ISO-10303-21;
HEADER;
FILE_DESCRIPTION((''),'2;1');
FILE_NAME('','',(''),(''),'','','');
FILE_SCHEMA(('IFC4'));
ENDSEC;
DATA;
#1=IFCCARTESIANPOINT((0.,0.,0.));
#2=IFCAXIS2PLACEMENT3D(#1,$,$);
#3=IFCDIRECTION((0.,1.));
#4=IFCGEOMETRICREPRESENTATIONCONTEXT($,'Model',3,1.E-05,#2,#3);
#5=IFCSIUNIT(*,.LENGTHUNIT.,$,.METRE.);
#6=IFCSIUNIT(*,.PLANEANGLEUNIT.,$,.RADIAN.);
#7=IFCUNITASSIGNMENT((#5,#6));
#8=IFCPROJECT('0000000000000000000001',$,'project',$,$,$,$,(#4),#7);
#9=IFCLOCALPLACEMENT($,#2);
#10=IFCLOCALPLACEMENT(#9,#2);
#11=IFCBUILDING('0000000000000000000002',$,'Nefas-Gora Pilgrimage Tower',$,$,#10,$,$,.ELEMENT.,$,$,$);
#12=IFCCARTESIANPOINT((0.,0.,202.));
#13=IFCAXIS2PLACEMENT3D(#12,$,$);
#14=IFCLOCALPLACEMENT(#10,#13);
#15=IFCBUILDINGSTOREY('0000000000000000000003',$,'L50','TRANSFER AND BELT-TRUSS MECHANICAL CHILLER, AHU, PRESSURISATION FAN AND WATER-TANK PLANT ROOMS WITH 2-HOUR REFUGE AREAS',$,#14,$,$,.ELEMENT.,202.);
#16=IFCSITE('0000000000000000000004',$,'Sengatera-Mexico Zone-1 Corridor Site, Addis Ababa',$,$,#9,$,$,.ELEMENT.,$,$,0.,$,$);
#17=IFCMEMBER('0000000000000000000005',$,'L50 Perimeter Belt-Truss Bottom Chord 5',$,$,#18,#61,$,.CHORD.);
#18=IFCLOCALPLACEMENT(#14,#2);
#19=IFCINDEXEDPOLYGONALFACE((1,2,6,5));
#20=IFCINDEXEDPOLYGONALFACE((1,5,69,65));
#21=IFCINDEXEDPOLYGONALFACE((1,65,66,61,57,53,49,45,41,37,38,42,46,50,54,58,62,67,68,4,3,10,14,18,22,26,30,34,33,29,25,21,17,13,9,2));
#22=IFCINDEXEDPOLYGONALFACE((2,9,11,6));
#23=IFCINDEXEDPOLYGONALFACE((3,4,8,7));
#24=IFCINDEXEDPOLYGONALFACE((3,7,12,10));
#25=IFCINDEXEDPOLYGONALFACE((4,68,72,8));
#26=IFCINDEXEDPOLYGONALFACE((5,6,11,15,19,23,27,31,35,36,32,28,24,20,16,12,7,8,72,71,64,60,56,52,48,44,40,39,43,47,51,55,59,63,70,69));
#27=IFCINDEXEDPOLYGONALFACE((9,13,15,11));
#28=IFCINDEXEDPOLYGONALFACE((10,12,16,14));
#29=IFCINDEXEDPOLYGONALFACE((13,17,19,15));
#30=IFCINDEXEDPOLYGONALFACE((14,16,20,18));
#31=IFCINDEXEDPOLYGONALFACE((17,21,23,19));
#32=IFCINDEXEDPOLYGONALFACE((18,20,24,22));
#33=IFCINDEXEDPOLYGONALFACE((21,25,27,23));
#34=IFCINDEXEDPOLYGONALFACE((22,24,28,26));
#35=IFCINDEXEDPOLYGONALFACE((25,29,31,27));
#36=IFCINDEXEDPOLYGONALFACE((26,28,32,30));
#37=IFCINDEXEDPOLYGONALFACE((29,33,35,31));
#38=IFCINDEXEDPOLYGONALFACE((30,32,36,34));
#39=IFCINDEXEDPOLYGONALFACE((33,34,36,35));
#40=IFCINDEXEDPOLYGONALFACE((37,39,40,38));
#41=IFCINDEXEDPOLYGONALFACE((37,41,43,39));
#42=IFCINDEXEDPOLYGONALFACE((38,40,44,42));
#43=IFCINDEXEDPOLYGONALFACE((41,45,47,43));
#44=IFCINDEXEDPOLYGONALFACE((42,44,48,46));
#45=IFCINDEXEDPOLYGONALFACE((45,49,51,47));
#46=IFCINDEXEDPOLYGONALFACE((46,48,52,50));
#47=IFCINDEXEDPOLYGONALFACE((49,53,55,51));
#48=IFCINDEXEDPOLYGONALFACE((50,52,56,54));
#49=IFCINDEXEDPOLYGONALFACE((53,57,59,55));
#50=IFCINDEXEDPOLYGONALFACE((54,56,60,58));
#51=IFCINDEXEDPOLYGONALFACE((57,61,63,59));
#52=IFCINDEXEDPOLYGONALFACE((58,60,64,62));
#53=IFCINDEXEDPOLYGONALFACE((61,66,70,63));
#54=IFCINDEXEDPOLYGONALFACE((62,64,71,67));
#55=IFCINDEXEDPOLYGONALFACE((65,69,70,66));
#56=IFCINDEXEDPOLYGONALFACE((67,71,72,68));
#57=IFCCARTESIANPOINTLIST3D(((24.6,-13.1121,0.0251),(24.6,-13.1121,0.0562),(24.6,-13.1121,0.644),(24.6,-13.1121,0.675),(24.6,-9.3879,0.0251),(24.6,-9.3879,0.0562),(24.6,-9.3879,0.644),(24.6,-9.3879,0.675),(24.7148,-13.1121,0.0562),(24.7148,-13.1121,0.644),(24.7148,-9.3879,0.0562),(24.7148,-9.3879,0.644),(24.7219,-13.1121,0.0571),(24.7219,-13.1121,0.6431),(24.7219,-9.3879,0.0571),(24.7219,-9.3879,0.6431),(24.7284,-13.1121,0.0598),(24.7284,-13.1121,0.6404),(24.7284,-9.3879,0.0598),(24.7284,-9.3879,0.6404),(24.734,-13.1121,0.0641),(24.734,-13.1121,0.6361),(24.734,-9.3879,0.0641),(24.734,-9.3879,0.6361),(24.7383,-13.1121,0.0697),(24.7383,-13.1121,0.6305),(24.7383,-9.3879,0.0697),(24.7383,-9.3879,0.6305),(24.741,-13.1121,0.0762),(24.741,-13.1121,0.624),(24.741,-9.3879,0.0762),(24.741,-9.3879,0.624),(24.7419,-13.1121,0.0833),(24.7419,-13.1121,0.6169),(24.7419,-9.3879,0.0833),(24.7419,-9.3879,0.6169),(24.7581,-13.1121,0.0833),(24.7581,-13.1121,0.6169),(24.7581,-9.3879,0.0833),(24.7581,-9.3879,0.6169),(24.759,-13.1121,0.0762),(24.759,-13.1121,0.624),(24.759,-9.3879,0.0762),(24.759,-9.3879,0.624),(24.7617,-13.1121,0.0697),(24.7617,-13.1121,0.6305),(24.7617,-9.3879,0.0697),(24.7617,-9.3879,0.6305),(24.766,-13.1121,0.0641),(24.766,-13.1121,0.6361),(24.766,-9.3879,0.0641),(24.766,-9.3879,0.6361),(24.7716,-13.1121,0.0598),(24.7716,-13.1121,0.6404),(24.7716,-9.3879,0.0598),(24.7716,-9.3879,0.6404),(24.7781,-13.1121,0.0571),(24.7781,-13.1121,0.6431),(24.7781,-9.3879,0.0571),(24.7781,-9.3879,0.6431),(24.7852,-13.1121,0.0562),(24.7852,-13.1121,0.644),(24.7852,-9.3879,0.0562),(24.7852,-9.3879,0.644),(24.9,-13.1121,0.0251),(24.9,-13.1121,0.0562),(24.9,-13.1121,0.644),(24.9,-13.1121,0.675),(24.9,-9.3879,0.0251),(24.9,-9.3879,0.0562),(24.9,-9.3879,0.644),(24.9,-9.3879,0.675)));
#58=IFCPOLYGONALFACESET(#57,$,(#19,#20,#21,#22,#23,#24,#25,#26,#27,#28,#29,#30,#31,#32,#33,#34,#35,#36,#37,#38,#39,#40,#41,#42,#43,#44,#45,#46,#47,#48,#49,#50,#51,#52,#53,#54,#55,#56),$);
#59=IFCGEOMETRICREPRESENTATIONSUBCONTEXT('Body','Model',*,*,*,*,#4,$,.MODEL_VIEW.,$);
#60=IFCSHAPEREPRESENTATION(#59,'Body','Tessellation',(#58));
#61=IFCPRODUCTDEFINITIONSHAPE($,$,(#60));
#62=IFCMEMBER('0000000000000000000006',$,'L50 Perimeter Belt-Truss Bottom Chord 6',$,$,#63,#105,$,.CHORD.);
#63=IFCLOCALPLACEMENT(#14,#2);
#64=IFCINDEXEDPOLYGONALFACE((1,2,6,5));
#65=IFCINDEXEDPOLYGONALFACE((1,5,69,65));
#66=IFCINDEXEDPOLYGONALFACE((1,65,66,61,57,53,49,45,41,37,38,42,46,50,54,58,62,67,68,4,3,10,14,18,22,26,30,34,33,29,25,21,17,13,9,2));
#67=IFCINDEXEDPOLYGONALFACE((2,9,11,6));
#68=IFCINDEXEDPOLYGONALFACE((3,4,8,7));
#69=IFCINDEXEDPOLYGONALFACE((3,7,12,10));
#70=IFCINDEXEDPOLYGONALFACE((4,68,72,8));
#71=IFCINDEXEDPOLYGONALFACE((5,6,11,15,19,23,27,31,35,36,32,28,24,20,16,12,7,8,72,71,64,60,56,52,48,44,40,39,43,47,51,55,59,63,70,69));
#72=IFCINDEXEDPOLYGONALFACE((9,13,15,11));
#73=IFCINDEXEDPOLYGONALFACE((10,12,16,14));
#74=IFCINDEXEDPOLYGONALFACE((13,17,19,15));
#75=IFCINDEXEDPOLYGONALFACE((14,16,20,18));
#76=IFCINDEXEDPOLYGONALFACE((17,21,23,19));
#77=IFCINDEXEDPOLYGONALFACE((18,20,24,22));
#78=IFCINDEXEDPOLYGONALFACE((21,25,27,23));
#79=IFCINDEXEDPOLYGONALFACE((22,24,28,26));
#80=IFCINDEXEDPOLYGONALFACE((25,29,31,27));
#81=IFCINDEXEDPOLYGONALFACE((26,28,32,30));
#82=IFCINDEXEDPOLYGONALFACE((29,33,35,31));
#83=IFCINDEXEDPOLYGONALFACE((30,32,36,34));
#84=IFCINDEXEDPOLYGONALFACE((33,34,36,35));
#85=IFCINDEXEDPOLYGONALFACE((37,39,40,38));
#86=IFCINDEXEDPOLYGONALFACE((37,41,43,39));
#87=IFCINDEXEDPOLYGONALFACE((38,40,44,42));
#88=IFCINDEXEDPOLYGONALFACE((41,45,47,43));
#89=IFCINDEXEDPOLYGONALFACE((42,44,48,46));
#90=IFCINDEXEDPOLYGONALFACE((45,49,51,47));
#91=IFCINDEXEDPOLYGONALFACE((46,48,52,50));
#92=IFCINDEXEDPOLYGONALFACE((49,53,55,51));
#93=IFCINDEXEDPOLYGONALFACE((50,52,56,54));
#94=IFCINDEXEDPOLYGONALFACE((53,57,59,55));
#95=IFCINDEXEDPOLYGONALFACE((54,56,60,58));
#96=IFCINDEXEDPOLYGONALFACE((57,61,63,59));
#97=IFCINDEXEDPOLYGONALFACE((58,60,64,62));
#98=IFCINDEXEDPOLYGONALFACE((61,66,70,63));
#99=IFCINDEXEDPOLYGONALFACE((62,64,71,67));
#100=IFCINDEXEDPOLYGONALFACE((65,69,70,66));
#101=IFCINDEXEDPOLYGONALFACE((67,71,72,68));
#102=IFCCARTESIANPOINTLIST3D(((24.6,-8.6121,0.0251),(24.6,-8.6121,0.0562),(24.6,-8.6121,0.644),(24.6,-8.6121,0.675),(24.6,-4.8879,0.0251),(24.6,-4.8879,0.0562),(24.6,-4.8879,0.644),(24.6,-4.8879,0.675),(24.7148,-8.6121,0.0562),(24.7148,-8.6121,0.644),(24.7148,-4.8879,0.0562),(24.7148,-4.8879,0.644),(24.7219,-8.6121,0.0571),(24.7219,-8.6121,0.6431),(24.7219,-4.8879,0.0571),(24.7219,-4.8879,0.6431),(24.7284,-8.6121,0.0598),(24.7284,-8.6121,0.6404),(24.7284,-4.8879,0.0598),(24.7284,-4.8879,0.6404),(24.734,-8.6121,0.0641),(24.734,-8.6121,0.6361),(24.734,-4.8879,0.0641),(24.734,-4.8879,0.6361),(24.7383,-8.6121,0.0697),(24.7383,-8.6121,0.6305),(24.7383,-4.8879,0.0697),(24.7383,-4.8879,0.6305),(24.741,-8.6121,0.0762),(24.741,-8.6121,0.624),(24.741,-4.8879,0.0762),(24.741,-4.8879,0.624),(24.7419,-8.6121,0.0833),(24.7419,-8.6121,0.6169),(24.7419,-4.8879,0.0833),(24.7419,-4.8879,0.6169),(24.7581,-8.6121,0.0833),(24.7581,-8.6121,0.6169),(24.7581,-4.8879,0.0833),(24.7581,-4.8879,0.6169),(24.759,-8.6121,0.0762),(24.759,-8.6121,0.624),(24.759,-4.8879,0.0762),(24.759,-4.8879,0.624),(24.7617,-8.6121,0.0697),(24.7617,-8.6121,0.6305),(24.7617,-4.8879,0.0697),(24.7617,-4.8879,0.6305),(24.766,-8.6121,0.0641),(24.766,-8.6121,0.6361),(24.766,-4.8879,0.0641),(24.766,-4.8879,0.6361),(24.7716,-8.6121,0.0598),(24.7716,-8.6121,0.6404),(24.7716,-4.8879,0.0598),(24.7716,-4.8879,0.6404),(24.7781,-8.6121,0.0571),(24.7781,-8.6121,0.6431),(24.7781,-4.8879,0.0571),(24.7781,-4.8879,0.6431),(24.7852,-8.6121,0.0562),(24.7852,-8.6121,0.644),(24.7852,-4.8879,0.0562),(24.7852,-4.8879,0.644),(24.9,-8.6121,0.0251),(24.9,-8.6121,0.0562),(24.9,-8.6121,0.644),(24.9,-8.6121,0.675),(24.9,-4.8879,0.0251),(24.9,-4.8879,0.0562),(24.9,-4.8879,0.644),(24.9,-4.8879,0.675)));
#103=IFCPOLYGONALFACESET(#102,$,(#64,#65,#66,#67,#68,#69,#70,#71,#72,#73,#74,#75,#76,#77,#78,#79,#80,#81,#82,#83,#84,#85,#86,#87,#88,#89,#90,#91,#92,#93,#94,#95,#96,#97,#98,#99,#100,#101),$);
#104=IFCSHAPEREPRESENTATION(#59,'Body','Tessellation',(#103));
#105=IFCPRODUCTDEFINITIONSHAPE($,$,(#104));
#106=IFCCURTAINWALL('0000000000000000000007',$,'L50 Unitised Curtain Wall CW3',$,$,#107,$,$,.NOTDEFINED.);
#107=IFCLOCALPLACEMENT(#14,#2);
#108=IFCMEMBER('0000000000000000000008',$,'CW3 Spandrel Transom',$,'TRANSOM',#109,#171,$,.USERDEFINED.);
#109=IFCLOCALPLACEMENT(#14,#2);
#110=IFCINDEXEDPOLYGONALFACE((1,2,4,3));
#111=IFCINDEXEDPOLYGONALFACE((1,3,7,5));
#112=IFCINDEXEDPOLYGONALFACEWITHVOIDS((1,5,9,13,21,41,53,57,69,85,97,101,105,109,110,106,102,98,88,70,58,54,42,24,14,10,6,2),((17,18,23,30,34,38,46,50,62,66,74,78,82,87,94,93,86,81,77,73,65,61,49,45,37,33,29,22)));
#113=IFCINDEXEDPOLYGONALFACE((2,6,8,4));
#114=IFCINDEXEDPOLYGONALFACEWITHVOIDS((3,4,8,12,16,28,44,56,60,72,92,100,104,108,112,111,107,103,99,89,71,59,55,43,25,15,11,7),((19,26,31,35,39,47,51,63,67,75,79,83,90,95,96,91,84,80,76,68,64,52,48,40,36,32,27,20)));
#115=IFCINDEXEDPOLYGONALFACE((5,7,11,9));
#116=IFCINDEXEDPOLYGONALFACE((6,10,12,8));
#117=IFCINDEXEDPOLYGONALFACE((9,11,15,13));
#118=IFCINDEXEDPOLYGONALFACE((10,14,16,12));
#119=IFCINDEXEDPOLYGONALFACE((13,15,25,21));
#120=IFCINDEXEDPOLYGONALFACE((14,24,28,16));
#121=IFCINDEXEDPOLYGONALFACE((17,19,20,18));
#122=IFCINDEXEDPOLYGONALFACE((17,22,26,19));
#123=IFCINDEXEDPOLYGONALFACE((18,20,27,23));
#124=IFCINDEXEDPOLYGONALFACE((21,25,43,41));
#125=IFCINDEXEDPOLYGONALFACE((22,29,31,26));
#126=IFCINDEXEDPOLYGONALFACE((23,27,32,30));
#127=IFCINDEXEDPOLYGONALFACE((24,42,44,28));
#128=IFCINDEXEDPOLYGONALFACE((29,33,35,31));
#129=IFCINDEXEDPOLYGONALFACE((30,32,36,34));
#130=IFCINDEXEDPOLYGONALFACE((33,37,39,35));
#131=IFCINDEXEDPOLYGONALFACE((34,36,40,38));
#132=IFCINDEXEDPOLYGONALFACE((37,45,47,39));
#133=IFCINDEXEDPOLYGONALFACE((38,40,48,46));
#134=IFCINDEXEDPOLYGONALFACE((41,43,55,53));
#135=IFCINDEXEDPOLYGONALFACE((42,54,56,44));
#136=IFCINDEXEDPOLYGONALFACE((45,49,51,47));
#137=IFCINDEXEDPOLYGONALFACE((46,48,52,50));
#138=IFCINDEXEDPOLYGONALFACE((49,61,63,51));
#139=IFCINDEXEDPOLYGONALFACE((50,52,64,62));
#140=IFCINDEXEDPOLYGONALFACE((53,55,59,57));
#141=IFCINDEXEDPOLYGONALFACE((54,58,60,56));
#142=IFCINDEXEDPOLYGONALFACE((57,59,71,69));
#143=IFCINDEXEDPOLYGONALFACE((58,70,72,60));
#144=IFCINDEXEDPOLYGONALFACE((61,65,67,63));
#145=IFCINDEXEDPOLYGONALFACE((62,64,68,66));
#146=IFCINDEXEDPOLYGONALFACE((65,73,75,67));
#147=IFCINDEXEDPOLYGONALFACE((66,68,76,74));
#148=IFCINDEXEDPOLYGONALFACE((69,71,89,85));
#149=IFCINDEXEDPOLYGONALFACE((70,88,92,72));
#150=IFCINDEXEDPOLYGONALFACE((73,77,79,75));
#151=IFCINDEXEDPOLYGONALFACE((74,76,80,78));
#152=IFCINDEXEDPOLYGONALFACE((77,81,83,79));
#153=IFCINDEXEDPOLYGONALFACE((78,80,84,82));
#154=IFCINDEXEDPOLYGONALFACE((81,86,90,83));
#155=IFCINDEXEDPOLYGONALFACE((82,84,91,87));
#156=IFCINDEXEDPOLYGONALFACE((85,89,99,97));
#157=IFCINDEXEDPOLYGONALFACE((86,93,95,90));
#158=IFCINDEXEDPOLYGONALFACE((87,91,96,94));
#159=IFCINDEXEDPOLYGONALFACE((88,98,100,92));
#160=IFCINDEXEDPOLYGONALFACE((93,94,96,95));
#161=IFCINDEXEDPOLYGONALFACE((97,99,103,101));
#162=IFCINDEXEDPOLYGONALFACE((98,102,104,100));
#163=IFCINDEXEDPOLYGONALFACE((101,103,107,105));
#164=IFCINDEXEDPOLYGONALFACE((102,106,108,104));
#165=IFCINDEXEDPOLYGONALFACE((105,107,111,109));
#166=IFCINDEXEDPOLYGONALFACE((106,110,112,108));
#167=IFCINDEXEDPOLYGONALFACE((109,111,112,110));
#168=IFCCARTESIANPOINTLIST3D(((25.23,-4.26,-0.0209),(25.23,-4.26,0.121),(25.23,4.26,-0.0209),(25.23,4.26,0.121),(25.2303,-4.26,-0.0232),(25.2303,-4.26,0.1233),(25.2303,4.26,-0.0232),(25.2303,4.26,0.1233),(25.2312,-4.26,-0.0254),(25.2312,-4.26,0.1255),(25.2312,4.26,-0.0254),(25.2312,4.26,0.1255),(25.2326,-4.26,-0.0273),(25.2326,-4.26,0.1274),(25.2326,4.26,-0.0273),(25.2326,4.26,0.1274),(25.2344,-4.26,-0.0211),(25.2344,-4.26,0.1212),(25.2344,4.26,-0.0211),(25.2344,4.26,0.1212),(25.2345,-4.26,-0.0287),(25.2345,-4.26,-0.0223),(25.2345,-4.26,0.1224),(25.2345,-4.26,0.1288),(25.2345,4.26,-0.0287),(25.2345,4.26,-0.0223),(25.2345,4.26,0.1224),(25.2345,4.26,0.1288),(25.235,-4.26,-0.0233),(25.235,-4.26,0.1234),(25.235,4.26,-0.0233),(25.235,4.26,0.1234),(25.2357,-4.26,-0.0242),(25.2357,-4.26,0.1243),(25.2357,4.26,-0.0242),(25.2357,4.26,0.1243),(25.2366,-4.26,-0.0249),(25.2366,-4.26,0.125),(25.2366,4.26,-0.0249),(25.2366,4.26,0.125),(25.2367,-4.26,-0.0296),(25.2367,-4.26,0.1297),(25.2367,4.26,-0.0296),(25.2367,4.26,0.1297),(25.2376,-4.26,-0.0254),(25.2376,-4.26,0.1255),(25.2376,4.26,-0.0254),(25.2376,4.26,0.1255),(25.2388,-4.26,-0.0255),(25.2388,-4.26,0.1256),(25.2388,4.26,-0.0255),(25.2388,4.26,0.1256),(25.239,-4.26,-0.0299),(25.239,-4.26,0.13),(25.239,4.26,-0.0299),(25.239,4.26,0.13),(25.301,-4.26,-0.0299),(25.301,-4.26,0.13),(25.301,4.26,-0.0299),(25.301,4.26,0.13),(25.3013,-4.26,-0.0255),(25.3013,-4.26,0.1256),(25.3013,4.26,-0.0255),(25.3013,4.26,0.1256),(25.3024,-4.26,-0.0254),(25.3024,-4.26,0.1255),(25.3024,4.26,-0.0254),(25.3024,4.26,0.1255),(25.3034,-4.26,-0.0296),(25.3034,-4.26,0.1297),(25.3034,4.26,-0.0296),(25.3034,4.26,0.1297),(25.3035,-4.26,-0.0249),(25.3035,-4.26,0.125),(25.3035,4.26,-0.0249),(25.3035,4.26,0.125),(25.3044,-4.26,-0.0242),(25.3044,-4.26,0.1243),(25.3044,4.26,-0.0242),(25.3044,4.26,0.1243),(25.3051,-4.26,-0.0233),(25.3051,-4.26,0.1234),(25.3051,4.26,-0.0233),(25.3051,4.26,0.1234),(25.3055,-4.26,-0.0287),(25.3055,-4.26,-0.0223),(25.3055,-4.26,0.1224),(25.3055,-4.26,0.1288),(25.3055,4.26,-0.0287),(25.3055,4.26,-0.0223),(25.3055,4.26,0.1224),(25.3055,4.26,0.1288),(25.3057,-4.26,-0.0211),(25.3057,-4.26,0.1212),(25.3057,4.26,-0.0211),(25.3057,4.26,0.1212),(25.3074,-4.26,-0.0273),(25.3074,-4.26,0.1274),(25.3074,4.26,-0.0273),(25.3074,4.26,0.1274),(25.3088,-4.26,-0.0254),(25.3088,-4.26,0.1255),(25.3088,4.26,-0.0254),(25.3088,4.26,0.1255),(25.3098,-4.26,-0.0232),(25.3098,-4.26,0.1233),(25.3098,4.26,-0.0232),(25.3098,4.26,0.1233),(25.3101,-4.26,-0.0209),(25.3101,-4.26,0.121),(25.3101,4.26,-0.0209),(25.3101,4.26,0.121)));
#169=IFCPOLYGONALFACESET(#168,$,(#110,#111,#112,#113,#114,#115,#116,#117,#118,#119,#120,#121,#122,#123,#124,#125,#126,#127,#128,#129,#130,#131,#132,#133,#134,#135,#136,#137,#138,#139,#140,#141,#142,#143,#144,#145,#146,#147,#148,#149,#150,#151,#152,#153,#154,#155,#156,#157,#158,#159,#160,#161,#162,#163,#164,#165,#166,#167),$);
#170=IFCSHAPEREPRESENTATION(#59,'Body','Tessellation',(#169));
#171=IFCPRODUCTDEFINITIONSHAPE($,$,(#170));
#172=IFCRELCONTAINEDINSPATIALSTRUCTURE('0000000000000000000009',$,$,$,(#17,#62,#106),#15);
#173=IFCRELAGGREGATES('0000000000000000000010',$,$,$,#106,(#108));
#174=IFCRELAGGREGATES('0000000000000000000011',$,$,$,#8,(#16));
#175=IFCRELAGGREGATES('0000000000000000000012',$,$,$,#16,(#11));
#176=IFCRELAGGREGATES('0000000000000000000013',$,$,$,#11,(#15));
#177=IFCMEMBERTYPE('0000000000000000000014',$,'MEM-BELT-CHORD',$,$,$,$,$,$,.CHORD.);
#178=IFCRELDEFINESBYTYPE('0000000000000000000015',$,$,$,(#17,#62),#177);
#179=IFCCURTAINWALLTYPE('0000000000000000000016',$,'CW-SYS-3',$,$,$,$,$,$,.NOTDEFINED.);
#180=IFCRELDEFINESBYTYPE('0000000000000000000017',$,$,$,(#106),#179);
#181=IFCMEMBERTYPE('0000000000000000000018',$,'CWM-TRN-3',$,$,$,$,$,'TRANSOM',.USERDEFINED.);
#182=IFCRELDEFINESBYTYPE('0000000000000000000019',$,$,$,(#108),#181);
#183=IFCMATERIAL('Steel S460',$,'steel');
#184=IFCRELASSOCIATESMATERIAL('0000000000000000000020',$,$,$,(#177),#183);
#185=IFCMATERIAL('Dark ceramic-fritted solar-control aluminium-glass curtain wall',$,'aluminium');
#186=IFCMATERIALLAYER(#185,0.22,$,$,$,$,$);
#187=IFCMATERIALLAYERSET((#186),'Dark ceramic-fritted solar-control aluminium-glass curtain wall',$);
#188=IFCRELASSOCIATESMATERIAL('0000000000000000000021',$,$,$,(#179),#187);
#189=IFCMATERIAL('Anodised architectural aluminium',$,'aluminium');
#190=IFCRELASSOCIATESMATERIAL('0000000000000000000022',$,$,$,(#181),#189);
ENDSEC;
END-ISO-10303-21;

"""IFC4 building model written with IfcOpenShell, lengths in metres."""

from ifc_helpers import new_model, si_unit, direction, frame, origin, origin_2d, place, context, subcontext, project, spatial, hollow_rectangle, i_section, extrude, source, transform, mapped, material, layer, layer_set, material_profile, profile_set, type_object, element, aggregate, save


model = new_model("IFC4")

# Units and contexts
model_context = context("Model", 3, precision=1e-05, world=origin(), true_north=direction((0.0, 1.0)))
body_context = subcontext(model_context, "Body", "Model", "MODEL_VIEW")
ifc_project = project(units=[si_unit("LENGTHUNIT", "METRE"), si_unit("PLANEANGLEUNIT", "RADIAN")], contexts=[model_context])

# Site, building, storey
site_placement = place(None, origin())
site = spatial("IfcSite", under=ifc_project, at=site_placement, Name="Sengatera-Mexico Zone-1 Corridor Site, Addis Ababa", CompositionType="ELEMENT", RefElevation=0.0)
building_placement = place(site_placement, origin())
building = spatial("IfcBuilding", under=site, at=building_placement, Name="Nefas-Gora Pilgrimage Tower", CompositionType="ELEMENT")
storey_placement = place(building_placement, frame((0.0, 0.0, 202.0)))
storey = spatial("IfcBuildingStorey", under=building, at=storey_placement, Name="L50", Description="TRANSFER AND BELT-TRUSS MECHANICAL CHILLER, AHU, PRESSURISATION FAN AND WATER-TANK PLANT ROOMS WITH 2-HOUR REFUGE AREAS", CompositionType="ELEMENT", Elevation=202.0)

# Shared definitions
ifc_material_1 = material(Name="Steel S460", Category="steel")

# Members
ifc_material_profile_1 = material_profile(ifc_material_1, i_section(OverallWidth=0.3, OverallDepth=0.6499, WebThickness=0.0161, FlangeThickness=0.031, FilletRadius=0.0271, at=origin_2d()), Name="HEB 650")
ifc_profile_set_1 = profile_set([ifc_material_profile_1], Name="Steel S460")
member_type_1 = type_object("IfcMemberType", Name="MEM-BELT-CHORD", PredefinedType="CHORD", material=ifc_profile_set_1)
shared_shape_1 = source(origin(), body_context, "Body", "SweptSolid", [
    extrude(i_section(OverallWidth=0.3, OverallDepth=0.6499, WebThickness=0.0161, FlangeThickness=0.031, FilletRadius=0.0271, at=origin_2d()), origin(), (0.0, 0.0, 1.0), 3.7241),
])
for number, where, z_axis, x_axis, name in (
    (1, (24.75, -13.1121, 0.3501), (0.0, 1.0, 0.0), (-1.0, 0.0, 0.0), "L50 Perimeter Belt-Truss Bottom Chord 5"),
    (2, (24.75, -8.6121, 0.3501), (0.0, 1.0, 0.0), (-1.0, 0.0, 0.0), "L50 Perimeter Belt-Truss Bottom Chord 6"),
):
    element("IfcMember", number, at=place(storey_placement, frame(where, z_axis=z_axis, x_axis=x_axis)), inside=storey, type_object=member_type_1, Name=name, PredefinedType="CHORD", context=body_context, shape_type="MappedRepresentation", body=[
        mapped(shared_shape_1, transform((0.0, 0.0, 0.0), x_axis=(1.0, 0.0, 0.0), y_axis=(0.0, 1.0, 0.0), z_axis=(0.0, 0.0, 1.0), scale=1.0)),
    ])

# Curtain wall, member
ifc_material_2 = material(Name="Dark ceramic-fritted solar-control aluminium-glass curtain wall", Category="aluminium")
ifc_layer_1 = layer(ifc_material_2, 0.22)
ifc_layer_set_1 = layer_set([ifc_layer_1], Name="Dark ceramic-fritted solar-control aluminium-glass curtain wall")
curtain_wall_type = type_object("IfcCurtainWallType", Name="CW-SYS-3", PredefinedType="NOTDEFINED", material=ifc_layer_set_1)
curtain_wall_placement = place(storey_placement, origin())
curtain_wall = element("IfcCurtainWall", 3, at=curtain_wall_placement, inside=storey, type_object=curtain_wall_type, Name="L50 Unitised Curtain Wall CW3", PredefinedType="NOTDEFINED")
ifc_material_3 = material(Name="Anodised architectural aluminium", Category="aluminium")
ifc_material_profile_2 = material_profile(ifc_material_3, hollow_rectangle(XDim=0.0801, YDim=0.1599, WallThickness=0.0044, InnerFilletRadius=0.0044, OuterFilletRadius=0.009, at=origin_2d()), Name="ALU TRANSOM 80x160")
ifc_profile_set_2 = profile_set([ifc_material_profile_2], Name="Anodised architectural aluminium")
member_type_2 = type_object("IfcMemberType", Name="CWM-TRN-3", ElementType="TRANSOM", PredefinedType="USERDEFINED", material=ifc_profile_set_2)
shared_shape_2 = source(origin(), body_context, "Body", "SweptSolid", [
    extrude(hollow_rectangle(XDim=0.0801, YDim=0.1599, WallThickness=0.0044, InnerFilletRadius=0.0044, OuterFilletRadius=0.009, at=origin_2d()), origin(), (0.0, 0.0, 1.0), 8.52),
])
member_1_placement = place(storey_placement, frame((25.27, -4.26, 0.05), z_axis=(0.0, 1.0, 0.0), x_axis=(-1.0, 0.0, 0.0)))
member_1 = element("IfcMember", 4, at=member_1_placement, type_object=member_type_2, Name="CW3 Spandrel Transom", ObjectType="TRANSOM", PredefinedType="USERDEFINED", context=body_context, shape_type="MappedRepresentation", body=[
    mapped(shared_shape_2, transform((0.0, 0.0, 0.0), x_axis=(1.0, 0.0, 0.0), y_axis=(0.0, 1.0, 0.0), z_axis=(0.0, 0.0, 1.0), scale=1.0)),
])
aggregate(curtain_wall, [member_1])

save(model, "model.ifc")
